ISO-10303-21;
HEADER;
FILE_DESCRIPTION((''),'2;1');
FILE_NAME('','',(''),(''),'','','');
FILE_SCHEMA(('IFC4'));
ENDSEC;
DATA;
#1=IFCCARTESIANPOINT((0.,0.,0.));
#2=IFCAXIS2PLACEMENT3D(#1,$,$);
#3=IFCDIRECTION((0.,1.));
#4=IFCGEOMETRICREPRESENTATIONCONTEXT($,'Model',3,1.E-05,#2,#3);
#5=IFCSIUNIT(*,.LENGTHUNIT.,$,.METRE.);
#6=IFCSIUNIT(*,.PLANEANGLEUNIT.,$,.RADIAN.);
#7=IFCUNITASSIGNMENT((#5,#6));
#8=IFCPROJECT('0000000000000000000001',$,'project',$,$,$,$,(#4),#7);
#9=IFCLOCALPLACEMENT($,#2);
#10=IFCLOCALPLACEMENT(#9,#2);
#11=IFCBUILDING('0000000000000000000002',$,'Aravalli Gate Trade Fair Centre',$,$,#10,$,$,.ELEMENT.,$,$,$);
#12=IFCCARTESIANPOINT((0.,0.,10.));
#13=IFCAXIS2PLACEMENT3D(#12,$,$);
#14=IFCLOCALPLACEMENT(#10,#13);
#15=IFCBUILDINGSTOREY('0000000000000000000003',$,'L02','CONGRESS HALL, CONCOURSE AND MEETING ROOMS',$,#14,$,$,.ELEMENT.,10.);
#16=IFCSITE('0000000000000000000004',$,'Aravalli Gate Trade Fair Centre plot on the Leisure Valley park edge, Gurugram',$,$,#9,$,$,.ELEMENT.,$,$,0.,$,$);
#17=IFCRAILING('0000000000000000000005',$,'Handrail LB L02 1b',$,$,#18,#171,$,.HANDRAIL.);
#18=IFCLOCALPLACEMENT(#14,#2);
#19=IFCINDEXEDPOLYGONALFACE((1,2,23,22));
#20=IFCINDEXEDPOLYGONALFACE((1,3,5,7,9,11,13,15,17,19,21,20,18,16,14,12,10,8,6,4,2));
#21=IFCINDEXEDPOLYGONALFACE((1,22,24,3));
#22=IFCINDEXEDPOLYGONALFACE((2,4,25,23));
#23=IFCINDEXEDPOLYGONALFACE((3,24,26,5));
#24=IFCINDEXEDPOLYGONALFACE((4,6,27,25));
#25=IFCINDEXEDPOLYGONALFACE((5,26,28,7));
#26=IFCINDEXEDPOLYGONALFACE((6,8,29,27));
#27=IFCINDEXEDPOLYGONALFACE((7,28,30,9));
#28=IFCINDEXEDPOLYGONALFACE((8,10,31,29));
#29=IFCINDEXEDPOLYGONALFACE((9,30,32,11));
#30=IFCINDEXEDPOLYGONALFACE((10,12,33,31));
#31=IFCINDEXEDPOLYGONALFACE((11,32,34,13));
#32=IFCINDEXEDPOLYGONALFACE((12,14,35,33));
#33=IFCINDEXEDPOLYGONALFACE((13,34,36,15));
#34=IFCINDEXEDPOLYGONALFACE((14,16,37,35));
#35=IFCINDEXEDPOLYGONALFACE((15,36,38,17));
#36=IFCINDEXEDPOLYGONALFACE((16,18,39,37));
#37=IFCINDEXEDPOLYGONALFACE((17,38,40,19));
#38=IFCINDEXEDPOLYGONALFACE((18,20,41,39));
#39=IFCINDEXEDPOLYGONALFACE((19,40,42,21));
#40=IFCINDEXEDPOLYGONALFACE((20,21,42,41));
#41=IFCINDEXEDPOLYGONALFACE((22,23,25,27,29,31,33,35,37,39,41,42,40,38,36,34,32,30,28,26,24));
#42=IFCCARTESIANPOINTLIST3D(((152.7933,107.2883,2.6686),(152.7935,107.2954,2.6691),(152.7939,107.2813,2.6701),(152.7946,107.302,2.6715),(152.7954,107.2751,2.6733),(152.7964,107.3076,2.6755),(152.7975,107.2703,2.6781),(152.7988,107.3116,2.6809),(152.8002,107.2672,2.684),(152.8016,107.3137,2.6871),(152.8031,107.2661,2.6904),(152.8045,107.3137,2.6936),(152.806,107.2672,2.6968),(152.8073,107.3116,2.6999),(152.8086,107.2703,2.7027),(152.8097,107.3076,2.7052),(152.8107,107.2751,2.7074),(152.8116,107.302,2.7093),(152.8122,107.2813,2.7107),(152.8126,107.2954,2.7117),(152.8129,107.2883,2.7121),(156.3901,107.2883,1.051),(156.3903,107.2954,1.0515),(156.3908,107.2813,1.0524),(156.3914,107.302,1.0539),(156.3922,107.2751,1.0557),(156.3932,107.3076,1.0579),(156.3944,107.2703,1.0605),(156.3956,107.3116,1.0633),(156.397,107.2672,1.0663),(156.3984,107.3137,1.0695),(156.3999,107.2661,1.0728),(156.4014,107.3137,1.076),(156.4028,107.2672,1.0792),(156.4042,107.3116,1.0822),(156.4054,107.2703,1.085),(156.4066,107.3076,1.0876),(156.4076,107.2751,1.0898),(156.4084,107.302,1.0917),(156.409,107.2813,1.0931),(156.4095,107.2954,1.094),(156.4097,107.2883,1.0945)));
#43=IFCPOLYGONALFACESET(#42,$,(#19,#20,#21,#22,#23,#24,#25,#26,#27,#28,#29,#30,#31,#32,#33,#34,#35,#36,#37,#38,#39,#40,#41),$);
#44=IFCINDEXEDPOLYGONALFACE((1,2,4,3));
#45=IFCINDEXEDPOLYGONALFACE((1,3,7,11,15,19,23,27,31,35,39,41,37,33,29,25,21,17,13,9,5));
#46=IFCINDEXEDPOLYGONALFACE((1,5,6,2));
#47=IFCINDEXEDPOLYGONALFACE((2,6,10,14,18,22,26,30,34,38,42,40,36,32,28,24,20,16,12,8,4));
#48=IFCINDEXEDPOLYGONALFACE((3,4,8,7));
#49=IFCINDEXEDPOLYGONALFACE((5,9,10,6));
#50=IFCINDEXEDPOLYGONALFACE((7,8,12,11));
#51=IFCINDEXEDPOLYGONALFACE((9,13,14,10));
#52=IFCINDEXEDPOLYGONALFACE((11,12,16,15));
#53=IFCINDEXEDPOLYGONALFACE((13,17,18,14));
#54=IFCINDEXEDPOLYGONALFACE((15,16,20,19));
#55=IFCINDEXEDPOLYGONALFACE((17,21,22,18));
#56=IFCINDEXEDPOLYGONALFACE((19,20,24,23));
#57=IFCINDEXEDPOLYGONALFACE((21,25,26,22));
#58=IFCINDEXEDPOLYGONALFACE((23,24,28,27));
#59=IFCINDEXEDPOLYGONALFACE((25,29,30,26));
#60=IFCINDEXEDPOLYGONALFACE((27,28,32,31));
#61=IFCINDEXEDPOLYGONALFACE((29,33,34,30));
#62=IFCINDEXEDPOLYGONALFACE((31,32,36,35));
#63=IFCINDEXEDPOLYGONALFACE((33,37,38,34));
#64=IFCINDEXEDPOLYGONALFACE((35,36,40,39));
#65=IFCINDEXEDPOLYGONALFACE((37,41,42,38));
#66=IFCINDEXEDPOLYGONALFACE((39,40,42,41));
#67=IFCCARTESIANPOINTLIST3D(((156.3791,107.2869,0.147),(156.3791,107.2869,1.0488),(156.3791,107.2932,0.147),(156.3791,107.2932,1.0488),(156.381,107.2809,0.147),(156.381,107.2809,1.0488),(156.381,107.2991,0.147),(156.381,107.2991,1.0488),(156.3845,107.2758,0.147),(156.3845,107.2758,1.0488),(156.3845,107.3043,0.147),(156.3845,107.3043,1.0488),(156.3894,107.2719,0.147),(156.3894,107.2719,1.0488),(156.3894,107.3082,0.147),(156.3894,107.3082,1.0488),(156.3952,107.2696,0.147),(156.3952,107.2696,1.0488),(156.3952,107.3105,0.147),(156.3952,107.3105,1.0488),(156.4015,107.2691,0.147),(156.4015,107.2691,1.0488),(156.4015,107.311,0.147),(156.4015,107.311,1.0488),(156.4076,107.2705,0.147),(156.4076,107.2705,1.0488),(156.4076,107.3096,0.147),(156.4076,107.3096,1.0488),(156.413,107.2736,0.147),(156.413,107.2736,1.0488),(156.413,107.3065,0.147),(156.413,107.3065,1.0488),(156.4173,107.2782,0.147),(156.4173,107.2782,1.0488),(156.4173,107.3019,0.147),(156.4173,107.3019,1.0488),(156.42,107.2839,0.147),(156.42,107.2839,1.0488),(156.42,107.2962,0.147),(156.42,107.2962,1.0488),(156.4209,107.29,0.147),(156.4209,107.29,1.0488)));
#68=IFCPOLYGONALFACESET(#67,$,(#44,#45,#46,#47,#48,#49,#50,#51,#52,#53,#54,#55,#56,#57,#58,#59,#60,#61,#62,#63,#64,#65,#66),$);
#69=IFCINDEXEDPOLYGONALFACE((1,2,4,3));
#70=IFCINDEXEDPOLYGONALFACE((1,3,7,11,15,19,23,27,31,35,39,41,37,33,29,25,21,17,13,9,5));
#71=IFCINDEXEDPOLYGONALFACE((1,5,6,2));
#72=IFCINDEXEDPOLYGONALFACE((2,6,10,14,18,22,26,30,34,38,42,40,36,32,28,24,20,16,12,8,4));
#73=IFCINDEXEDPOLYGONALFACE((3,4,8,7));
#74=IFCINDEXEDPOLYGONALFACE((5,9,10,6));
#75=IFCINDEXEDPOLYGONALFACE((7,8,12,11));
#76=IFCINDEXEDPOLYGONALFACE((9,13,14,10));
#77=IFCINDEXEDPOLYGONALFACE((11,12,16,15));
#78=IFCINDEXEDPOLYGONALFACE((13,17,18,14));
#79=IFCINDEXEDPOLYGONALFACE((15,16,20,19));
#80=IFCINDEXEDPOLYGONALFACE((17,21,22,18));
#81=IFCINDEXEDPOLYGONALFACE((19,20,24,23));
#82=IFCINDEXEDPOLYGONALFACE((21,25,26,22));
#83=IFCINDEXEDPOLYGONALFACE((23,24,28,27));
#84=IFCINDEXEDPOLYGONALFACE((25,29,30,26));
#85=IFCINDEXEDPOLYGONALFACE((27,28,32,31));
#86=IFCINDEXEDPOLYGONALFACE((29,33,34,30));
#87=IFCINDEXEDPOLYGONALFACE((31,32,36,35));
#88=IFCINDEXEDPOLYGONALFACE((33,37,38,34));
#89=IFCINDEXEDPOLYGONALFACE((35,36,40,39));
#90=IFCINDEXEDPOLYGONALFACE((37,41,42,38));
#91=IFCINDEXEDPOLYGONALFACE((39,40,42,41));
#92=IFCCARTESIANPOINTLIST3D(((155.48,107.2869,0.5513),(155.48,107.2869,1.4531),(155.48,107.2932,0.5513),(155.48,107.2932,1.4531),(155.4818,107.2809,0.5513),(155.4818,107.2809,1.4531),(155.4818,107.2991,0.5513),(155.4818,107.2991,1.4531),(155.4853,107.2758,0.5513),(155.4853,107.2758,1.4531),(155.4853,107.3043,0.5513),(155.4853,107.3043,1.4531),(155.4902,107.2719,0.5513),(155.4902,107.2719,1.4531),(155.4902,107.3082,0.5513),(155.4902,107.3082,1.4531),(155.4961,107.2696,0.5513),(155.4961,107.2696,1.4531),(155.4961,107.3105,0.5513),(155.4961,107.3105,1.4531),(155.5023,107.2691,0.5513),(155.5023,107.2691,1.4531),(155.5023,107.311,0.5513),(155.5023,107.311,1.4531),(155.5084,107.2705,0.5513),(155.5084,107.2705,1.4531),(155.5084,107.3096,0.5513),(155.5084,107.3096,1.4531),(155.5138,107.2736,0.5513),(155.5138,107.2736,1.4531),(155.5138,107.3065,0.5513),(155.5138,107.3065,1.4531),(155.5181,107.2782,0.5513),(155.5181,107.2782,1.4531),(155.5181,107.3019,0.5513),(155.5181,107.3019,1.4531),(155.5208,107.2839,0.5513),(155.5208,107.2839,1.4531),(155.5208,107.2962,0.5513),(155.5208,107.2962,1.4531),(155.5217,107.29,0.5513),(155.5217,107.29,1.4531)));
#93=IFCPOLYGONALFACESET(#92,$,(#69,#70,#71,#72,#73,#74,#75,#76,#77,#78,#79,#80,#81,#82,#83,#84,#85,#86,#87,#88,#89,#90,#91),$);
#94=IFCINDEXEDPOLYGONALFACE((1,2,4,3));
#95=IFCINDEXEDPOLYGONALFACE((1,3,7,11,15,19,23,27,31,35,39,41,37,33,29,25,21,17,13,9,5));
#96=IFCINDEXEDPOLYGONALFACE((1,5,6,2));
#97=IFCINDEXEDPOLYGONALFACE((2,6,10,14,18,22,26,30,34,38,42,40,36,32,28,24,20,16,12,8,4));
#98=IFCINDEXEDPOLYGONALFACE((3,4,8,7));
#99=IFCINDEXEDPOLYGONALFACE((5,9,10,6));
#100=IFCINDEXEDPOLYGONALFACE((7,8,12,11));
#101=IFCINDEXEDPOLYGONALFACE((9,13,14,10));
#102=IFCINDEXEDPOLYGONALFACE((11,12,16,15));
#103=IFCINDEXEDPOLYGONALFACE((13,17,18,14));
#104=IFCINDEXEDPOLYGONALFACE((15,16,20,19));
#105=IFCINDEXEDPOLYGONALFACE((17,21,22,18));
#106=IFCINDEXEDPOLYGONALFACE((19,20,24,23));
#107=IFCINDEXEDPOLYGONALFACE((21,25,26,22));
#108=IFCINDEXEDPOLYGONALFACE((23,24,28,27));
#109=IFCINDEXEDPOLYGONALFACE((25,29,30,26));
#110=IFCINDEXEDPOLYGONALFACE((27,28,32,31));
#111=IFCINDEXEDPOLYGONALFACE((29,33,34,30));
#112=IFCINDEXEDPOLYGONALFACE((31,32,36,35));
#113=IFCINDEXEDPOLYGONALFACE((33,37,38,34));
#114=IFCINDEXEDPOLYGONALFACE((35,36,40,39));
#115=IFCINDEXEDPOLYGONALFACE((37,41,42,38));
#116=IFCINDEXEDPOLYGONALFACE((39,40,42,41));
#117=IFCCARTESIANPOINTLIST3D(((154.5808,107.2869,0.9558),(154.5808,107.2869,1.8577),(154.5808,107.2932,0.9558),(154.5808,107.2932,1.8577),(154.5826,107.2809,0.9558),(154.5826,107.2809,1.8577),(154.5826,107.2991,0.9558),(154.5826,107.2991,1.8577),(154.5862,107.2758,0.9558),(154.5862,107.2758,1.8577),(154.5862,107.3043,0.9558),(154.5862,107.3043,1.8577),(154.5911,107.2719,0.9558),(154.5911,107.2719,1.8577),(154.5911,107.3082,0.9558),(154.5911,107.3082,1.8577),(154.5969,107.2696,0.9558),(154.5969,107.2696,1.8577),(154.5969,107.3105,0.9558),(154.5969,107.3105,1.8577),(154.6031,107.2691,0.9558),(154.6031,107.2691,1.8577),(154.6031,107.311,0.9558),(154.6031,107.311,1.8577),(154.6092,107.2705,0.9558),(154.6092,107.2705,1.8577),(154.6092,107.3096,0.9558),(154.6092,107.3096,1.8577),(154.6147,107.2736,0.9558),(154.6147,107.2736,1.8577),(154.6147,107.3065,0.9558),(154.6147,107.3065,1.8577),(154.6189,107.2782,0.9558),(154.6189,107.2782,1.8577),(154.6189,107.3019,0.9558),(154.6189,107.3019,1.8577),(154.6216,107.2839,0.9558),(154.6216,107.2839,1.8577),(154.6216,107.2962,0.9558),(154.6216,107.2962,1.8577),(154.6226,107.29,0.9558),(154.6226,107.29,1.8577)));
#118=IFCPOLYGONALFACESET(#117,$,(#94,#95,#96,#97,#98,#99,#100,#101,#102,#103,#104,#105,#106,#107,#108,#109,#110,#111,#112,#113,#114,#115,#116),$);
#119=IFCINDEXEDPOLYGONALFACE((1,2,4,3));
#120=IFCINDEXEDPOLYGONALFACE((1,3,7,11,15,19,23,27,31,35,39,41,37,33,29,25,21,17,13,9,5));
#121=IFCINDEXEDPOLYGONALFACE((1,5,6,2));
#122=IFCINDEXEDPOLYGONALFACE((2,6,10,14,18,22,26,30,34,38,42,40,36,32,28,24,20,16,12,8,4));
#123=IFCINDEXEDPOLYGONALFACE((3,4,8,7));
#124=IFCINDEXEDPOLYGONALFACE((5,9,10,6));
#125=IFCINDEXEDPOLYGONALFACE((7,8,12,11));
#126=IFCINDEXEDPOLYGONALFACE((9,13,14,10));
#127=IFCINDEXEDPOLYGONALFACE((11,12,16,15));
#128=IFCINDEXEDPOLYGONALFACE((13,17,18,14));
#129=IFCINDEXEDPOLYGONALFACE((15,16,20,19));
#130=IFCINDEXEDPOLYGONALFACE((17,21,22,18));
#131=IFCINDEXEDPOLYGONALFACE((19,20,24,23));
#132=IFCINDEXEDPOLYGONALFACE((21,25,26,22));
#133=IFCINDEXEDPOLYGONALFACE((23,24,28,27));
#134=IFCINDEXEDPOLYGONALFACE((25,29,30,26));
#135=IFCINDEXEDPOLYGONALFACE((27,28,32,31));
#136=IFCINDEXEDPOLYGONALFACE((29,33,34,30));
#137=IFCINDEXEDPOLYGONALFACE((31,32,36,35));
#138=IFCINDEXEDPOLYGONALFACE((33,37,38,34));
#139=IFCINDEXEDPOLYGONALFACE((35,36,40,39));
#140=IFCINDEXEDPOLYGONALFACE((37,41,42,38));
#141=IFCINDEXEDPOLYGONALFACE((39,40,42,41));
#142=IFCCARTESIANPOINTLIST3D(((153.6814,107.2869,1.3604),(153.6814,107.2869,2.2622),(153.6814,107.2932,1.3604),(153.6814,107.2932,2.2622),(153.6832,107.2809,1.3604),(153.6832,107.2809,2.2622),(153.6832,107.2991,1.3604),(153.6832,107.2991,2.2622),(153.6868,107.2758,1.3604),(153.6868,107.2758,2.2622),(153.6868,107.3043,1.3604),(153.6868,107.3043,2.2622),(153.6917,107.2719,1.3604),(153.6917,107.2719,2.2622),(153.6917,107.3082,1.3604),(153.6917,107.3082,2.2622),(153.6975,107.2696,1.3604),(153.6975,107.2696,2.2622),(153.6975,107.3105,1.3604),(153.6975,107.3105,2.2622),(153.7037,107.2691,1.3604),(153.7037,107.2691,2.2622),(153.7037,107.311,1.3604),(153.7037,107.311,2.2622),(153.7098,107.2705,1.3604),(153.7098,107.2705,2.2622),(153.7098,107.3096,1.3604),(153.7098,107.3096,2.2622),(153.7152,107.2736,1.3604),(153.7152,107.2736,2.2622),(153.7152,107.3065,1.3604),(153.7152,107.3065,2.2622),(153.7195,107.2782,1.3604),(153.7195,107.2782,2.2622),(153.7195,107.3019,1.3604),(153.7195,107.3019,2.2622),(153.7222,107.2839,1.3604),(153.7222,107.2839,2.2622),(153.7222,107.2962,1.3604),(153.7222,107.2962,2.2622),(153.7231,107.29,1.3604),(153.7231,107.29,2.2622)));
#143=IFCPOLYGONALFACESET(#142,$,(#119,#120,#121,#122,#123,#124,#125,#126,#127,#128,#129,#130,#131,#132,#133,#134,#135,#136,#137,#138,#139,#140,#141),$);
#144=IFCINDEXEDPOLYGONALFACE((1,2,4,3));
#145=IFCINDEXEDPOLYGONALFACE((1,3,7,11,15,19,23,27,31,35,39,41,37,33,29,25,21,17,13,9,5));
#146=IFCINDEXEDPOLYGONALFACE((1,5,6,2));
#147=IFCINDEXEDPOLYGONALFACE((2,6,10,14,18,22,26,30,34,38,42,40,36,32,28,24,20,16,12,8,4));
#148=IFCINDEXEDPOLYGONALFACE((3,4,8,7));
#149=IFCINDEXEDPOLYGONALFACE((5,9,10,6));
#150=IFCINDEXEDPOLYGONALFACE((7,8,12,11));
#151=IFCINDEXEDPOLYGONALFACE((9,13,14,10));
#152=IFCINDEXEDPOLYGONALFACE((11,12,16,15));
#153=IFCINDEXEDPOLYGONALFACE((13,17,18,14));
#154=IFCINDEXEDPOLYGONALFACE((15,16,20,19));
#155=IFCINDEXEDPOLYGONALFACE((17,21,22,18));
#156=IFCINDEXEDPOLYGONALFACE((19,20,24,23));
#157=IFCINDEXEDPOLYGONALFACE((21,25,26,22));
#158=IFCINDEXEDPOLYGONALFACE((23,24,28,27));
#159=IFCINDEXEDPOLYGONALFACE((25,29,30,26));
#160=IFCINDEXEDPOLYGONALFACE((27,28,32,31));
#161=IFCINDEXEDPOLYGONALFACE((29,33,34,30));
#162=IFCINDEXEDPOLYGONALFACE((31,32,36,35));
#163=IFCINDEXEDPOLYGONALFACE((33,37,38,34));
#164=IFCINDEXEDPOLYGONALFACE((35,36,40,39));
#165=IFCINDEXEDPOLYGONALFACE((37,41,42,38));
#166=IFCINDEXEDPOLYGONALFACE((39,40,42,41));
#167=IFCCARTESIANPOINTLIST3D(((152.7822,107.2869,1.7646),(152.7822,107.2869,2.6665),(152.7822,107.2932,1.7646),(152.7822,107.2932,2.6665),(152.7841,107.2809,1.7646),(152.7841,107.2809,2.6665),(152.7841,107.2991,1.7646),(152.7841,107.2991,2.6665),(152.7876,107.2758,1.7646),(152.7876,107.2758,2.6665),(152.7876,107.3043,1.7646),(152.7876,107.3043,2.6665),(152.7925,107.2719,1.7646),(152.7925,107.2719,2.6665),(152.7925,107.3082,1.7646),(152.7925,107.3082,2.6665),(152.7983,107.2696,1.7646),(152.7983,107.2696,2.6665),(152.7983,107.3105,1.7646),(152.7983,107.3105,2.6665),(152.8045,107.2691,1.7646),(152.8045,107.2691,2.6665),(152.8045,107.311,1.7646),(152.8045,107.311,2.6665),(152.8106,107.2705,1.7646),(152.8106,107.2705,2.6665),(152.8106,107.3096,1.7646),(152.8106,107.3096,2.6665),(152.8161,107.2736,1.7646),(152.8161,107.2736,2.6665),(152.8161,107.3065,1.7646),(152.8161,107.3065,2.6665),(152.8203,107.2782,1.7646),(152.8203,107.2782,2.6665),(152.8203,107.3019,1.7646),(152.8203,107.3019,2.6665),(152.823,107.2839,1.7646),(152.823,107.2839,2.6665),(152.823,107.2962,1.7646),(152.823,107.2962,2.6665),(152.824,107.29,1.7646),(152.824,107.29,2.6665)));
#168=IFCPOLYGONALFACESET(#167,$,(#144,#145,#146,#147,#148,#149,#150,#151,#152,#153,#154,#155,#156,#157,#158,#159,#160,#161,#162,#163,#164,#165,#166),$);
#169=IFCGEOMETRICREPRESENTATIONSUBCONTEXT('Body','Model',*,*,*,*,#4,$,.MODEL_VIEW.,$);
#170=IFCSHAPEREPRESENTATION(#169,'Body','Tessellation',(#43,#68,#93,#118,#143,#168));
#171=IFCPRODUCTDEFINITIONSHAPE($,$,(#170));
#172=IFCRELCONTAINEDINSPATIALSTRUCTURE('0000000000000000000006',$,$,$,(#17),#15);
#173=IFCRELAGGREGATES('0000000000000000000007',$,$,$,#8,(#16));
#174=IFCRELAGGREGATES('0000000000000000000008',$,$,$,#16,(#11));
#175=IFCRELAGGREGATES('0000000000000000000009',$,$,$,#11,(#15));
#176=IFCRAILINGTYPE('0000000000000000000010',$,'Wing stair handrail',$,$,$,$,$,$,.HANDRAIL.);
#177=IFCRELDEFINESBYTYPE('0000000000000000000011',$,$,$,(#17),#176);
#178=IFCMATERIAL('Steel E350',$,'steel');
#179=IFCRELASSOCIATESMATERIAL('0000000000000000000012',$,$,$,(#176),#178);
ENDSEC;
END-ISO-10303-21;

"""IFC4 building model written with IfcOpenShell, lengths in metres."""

from ifc_helpers import new_model, si_unit, direction, frame, origin, origin_2d, place, context, subcontext, project, spatial, circle, extrude, material, type_object, element, save


model = new_model("IFC4")

# Units and contexts
model_context = context("Model", 3, precision=1e-05, world=origin(), true_north=direction((0.0, 1.0)))
body_context = subcontext(model_context, "Body", "Model", "MODEL_VIEW")
ifc_project = project(units=[si_unit("LENGTHUNIT", "METRE"), si_unit("PLANEANGLEUNIT", "RADIAN")], contexts=[model_context])

# Site, building, storey
site_placement = place(None, origin())
site = spatial("IfcSite", under=ifc_project, at=site_placement, Name="Aravalli Gate Trade Fair Centre plot on the Leisure Valley park edge, Gurugram", CompositionType="ELEMENT", RefElevation=0.0)
building_placement = place(site_placement, origin())
building = spatial("IfcBuilding", under=site, at=building_placement, Name="Aravalli Gate Trade Fair Centre", CompositionType="ELEMENT")
storey_placement = place(building_placement, frame((0.0, 0.0, 10.0)))
storey = spatial("IfcBuildingStorey", under=building, at=storey_placement, Name="L02", Description="CONGRESS HALL, CONCOURSE AND MEETING ROOMS", CompositionType="ELEMENT", Elevation=10.0)

# Shared definitions
ifc_material_1 = material(Name="Steel E350", Category="steel")

# Railing
railing_type_1 = type_object("IfcRailingType", Name="Wing stair handrail", PredefinedType="HANDRAIL", material=ifc_material_1)
railing_1_placement = place(storey_placement, frame((156.3999, 107.29, 0.147)))
element("IfcRailing", 1, at=railing_1_placement, inside=storey, type_object=railing_type_1, Name="Handrail LB L02 1b", PredefinedType="HANDRAIL", context=body_context, shape_type="SweptSolid", body=[
    extrude(circle(Radius=0.0239, at=origin_2d()), frame((0.0, 0.0, 0.9258), z_axis=(-0.912011, 0.0, 0.410166), x_axis=(0.0, -1.0, 0.0)), (0.0, 0.0, 1.0), 3.9438),
    extrude(circle(Radius=0.021, at=origin_2d()), origin(), (0.0, 0.0, 1.0), 0.9019),
    extrude(circle(Radius=0.021, at=origin_2d()), frame((-0.8992, 0.0, 0.4043)), (0.0, 0.0, 1.0), 0.9019),
    extrude(circle(Radius=0.021, at=origin_2d()), frame((-1.7983, 0.0, 0.8088)), (0.0, 0.0, 1.0), 0.9019),
    extrude(circle(Radius=0.021, at=origin_2d()), frame((-2.6978, 0.0, 1.2134)), (0.0, 0.0, 1.0), 0.9019),
    extrude(circle(Radius=0.021, at=origin_2d()), frame((-3.5969, 0.0, 1.6177)), (0.0, 0.0, 1.0), 0.9019),
])

save(model, "model.ifc")
